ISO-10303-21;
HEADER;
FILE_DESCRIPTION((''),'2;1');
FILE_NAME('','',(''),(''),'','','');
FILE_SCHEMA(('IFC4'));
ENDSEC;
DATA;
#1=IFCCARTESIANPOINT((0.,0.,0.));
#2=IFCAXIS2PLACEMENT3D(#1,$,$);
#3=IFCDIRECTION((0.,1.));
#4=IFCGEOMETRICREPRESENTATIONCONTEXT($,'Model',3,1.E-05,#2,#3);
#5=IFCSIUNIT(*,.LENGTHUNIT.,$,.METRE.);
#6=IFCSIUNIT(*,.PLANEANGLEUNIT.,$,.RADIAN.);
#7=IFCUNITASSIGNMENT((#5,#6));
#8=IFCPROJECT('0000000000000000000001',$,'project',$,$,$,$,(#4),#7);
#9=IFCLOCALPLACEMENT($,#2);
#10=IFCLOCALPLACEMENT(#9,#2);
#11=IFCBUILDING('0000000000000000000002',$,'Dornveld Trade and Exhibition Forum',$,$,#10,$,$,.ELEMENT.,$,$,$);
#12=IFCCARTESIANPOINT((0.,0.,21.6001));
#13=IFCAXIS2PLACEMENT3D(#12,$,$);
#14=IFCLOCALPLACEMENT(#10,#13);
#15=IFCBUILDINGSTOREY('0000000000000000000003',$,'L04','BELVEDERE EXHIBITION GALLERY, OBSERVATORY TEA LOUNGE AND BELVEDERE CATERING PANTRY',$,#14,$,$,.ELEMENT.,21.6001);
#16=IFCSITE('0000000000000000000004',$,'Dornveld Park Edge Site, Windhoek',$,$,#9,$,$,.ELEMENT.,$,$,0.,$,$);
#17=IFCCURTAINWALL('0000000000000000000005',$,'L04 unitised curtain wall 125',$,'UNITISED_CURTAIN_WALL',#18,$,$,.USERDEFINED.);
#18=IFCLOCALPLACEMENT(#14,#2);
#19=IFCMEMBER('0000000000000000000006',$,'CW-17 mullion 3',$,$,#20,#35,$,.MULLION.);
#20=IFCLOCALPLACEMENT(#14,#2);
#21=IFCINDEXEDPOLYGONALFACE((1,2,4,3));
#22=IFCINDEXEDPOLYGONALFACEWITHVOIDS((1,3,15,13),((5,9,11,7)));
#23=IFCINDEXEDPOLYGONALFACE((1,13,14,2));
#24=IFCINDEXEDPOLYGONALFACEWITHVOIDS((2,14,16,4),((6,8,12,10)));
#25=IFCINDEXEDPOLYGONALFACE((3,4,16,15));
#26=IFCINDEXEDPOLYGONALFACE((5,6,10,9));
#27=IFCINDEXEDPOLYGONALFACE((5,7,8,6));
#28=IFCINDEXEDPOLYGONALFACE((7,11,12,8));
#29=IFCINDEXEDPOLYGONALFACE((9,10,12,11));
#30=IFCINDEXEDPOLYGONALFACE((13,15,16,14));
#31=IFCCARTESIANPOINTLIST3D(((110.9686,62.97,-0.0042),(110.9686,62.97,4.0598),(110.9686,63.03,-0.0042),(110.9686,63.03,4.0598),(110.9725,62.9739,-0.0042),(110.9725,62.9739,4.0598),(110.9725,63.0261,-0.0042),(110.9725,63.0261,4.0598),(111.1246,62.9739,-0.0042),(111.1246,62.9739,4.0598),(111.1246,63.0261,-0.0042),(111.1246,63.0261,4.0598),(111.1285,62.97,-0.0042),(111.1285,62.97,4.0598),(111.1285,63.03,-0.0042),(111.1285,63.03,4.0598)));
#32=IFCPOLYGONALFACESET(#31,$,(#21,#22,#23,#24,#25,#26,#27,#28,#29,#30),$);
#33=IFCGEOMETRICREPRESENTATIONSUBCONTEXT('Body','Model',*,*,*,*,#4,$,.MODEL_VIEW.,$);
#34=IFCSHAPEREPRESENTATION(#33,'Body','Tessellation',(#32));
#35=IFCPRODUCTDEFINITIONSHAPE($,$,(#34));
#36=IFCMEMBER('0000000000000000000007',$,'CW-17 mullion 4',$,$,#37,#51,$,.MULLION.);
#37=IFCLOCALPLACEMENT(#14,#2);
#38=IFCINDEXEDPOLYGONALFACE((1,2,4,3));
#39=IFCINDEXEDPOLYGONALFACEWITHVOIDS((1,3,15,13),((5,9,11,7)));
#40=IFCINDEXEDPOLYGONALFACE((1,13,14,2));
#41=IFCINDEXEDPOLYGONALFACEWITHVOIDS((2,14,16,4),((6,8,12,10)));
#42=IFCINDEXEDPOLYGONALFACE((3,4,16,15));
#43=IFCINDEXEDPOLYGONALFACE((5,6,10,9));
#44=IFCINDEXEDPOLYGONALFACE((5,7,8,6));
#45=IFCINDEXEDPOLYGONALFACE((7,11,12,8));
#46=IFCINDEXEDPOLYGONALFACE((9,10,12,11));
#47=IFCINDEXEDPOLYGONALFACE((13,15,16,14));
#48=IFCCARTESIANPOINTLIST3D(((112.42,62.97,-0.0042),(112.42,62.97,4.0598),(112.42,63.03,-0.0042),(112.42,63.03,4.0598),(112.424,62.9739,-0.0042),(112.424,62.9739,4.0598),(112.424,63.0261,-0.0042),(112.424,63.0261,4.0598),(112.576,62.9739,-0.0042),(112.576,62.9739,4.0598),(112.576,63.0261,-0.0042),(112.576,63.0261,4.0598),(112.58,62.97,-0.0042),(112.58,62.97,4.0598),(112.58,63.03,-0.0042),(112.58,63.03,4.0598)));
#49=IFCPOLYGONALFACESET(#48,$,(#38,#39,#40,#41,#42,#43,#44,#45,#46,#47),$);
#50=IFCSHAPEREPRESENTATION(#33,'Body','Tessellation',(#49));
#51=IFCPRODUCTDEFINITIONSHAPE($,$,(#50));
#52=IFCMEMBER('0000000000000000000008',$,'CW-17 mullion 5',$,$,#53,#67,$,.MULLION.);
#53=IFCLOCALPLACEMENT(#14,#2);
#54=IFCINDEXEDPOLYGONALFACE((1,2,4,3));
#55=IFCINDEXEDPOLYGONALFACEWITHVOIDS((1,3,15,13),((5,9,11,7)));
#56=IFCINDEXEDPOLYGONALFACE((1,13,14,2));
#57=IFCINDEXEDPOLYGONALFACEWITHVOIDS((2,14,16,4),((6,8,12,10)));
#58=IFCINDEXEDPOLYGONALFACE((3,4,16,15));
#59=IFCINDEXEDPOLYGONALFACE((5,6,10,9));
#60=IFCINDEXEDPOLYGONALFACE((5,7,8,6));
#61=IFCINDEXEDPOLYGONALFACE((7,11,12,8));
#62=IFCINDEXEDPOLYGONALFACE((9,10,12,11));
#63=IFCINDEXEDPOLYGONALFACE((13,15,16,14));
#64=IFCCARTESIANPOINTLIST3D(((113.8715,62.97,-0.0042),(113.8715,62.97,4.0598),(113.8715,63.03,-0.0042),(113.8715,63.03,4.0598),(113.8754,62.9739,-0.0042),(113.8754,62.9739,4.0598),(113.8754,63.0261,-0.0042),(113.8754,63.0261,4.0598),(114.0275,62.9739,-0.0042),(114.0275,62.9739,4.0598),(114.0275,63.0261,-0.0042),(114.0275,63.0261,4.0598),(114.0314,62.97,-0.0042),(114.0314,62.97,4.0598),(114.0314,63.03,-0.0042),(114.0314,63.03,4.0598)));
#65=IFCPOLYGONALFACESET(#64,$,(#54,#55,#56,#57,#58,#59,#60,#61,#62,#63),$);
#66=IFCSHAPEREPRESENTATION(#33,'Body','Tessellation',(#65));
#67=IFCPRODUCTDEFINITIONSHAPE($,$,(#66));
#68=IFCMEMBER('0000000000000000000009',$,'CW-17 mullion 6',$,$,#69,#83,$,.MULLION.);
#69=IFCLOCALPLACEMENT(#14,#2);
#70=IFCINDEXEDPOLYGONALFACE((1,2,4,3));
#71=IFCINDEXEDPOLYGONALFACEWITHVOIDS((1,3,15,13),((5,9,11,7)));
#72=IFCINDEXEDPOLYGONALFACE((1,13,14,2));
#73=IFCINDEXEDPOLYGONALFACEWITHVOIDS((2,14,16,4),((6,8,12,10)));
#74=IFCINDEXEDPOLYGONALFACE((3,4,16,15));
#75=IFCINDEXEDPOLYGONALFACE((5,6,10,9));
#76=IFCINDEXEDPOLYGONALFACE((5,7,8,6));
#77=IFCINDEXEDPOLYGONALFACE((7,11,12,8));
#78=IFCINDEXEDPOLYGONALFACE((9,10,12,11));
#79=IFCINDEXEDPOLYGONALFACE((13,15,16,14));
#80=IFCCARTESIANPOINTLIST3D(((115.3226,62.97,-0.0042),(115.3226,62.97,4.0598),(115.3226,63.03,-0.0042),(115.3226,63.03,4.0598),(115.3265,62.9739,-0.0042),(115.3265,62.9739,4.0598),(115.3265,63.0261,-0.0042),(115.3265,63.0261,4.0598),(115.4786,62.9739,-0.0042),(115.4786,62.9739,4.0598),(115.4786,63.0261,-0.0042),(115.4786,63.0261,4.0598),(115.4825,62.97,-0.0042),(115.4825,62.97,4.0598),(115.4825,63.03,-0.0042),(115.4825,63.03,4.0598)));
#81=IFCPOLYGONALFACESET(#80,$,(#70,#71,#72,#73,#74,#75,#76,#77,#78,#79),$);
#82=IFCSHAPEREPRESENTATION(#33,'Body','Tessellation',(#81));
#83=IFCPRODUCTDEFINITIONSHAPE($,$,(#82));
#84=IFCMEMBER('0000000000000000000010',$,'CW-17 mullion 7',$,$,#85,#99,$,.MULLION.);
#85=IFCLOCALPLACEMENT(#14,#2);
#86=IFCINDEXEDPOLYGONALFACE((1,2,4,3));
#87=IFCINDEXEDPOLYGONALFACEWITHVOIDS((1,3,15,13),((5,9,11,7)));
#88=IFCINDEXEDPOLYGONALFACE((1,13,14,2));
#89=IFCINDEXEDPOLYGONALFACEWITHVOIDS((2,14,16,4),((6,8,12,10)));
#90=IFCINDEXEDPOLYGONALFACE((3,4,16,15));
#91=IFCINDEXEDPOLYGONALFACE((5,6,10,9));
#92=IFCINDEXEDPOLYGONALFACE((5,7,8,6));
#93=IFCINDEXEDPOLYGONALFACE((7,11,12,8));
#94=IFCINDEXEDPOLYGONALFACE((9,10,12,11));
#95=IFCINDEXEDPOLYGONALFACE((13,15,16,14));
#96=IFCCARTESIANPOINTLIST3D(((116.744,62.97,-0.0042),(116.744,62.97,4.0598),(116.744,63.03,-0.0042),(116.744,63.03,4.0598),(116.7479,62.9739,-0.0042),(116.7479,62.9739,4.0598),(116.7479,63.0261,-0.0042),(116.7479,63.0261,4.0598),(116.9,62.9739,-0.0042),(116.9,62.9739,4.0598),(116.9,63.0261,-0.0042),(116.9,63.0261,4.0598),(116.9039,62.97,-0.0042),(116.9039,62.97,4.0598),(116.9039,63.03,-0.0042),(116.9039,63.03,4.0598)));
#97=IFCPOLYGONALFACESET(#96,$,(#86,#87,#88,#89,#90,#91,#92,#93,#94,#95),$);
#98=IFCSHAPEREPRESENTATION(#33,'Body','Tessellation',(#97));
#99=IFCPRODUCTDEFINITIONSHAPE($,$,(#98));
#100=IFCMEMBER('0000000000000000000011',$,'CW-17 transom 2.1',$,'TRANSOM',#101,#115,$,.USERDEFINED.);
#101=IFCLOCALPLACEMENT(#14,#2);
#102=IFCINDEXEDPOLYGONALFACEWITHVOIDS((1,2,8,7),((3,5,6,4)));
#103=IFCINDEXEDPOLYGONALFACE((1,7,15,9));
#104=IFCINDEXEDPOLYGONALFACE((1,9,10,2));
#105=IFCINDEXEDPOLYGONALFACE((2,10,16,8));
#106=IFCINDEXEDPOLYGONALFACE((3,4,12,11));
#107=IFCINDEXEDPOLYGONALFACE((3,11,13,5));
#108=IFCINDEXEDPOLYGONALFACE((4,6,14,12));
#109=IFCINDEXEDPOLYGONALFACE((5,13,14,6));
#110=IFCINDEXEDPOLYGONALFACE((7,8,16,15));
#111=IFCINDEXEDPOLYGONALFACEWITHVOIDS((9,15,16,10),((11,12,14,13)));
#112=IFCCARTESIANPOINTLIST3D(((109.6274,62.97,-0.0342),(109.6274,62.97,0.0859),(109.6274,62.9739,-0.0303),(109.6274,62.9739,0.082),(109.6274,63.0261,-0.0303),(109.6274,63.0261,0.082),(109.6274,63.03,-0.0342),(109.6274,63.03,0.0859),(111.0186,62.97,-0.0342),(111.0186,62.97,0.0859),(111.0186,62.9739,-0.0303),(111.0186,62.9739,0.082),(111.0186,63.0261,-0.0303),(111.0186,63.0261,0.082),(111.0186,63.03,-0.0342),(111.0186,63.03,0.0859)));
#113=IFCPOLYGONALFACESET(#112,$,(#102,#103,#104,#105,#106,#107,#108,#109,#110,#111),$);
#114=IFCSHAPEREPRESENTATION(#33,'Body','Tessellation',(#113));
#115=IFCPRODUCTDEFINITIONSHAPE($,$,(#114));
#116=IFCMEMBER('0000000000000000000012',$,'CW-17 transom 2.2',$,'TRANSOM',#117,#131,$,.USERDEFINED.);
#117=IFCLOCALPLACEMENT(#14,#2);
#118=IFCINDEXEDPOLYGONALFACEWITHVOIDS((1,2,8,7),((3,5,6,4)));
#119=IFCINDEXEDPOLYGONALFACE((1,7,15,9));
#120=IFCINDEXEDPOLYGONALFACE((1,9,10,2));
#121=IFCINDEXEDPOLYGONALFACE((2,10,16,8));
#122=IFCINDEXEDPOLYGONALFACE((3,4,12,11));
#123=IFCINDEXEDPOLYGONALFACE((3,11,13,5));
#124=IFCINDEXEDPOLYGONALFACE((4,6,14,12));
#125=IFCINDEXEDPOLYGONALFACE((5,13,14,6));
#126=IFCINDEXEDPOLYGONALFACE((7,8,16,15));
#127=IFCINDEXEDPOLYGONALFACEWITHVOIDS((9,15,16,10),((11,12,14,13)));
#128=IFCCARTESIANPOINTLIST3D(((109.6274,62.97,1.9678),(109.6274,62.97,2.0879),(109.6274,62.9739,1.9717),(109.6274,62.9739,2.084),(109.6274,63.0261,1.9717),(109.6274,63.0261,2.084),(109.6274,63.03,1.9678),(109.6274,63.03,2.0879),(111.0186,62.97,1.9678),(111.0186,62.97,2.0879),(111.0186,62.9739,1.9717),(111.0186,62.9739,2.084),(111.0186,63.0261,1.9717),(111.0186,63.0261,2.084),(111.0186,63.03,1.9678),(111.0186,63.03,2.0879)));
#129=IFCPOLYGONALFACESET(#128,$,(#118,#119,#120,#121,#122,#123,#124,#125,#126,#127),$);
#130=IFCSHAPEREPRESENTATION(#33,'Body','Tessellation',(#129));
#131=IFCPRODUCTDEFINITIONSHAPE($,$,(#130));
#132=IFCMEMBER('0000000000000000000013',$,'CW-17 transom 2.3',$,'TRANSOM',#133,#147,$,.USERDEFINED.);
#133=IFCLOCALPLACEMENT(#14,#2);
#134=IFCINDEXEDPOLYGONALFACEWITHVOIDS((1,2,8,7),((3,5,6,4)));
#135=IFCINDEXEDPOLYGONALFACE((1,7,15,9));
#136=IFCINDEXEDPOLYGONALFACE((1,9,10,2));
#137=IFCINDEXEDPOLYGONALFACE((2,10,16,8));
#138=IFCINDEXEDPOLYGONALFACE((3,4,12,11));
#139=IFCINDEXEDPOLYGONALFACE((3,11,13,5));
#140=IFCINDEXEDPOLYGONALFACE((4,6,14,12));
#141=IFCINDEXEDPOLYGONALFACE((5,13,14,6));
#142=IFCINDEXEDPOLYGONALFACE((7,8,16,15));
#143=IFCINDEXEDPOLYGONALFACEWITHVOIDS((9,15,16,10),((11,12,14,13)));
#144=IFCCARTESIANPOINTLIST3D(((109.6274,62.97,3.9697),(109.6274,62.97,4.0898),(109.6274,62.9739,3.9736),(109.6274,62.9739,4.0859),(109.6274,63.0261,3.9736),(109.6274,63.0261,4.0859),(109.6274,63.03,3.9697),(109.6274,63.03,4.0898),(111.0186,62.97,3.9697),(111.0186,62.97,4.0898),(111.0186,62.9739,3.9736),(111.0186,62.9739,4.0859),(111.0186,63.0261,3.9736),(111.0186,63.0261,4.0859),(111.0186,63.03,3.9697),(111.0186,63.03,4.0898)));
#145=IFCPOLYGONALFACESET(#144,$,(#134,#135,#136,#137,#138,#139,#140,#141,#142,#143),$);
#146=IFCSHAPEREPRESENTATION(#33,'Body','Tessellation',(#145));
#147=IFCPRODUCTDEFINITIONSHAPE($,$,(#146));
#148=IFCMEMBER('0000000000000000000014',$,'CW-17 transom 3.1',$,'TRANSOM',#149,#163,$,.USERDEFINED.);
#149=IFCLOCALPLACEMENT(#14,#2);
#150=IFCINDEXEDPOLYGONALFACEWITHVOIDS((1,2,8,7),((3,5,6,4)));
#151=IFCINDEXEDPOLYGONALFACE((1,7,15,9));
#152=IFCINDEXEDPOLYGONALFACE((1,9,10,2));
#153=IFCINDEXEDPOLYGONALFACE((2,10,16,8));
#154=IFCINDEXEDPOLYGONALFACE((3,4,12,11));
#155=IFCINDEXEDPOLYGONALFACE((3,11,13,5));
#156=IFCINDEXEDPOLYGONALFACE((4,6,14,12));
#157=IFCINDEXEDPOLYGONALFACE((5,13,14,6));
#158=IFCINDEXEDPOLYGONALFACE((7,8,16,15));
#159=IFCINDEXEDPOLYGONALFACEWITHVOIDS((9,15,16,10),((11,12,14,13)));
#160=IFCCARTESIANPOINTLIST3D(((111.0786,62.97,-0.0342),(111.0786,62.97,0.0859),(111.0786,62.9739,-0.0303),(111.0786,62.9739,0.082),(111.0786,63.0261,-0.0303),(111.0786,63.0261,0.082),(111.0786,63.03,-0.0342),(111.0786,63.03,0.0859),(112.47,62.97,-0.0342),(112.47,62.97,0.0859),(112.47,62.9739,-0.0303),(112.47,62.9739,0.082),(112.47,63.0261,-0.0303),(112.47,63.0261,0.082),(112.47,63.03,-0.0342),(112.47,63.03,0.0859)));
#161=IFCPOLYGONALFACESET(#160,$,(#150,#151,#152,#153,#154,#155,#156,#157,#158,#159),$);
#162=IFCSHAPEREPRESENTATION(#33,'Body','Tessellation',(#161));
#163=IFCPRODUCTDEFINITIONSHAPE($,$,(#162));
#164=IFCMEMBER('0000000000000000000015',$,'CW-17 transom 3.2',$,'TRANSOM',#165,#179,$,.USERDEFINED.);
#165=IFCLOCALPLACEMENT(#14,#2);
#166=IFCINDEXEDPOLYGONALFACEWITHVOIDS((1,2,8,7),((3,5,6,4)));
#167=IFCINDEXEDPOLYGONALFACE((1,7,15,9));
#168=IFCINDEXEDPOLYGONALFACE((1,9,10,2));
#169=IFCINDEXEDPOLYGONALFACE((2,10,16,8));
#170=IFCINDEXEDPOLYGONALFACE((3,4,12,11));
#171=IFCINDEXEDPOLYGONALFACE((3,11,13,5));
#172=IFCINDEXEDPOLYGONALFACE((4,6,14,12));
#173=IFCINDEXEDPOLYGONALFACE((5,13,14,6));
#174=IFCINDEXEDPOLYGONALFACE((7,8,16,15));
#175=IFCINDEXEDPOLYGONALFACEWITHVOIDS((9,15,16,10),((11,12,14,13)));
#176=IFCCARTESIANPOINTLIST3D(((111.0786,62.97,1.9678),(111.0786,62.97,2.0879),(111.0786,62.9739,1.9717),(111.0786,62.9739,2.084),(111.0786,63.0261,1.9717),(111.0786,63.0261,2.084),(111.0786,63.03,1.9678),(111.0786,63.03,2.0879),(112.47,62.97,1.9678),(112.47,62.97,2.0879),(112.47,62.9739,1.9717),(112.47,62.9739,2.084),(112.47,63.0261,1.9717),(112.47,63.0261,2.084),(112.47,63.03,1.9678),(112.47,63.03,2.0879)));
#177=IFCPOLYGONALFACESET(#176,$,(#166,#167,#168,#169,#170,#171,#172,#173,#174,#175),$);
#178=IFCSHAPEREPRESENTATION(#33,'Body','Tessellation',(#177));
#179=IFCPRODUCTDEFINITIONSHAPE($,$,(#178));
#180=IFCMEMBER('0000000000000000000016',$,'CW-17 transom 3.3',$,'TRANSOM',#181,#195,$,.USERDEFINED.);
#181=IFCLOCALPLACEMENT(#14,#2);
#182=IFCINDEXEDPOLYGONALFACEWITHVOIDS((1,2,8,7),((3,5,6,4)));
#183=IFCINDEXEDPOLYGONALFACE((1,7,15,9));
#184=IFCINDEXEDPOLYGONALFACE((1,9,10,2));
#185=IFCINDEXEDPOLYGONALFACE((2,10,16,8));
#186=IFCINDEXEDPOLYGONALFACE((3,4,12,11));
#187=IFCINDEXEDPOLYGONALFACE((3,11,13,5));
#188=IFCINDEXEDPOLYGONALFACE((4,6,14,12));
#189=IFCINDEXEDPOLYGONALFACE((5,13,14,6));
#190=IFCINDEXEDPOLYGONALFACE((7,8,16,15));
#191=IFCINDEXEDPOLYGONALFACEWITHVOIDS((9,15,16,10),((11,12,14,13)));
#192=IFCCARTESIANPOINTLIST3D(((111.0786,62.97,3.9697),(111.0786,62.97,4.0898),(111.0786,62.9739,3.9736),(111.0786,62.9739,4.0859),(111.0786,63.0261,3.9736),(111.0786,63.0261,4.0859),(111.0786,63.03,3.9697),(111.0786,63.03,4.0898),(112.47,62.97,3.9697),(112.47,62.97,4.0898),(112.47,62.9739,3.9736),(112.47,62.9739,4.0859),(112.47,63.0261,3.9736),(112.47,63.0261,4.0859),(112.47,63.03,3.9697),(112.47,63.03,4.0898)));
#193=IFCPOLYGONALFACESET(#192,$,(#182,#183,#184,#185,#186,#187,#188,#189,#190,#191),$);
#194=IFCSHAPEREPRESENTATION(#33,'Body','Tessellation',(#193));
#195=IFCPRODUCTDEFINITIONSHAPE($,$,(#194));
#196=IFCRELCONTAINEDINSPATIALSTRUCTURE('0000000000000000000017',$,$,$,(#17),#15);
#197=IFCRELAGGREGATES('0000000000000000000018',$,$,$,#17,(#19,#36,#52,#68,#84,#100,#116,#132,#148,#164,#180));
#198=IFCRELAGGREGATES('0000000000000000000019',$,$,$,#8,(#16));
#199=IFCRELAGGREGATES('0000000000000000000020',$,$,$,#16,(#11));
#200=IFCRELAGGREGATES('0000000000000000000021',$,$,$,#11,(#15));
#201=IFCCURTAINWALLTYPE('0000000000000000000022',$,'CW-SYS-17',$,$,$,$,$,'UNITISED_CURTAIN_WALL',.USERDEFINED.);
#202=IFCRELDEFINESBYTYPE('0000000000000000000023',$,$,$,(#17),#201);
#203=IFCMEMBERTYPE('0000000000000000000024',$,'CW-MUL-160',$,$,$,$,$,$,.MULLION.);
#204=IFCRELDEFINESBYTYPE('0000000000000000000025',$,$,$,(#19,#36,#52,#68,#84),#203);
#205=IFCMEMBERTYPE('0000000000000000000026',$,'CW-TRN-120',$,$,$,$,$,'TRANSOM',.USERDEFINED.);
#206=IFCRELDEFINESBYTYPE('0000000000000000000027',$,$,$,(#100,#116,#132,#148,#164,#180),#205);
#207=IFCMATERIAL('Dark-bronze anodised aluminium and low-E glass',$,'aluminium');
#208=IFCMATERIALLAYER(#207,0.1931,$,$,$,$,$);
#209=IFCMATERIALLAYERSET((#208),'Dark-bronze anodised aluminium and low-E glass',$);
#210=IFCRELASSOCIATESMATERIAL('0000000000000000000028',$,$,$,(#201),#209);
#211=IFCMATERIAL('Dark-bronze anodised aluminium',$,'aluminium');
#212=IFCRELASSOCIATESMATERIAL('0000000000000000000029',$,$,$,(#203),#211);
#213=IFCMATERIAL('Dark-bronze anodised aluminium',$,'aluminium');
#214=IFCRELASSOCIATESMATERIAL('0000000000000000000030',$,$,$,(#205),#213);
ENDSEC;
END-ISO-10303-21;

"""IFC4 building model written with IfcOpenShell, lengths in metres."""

from ifc_helpers import new_model, si_unit, direction, frame, origin, origin_2d, place, context, subcontext, project, spatial, hollow_rectangle, extrude, material, layer, layer_set, material_profile, profile_set, type_object, element, aggregate, save


model = new_model("IFC4")

# Units and contexts
model_context = context("Model", 3, precision=1e-05, world=origin(), true_north=direction((0.0, 1.0)))
body_context = subcontext(model_context, "Body", "Model", "MODEL_VIEW")
ifc_project = project(units=[si_unit("LENGTHUNIT", "METRE"), si_unit("PLANEANGLEUNIT", "RADIAN")], contexts=[model_context])

# Site, building, storey
site_placement = place(None, origin())
site = spatial("IfcSite", under=ifc_project, at=site_placement, Name="Dornveld Park Edge Site, Windhoek", CompositionType="ELEMENT", RefElevation=0.0)
building_placement = place(site_placement, origin())
building = spatial("IfcBuilding", under=site, at=building_placement, Name="Dornveld Trade and Exhibition Forum", CompositionType="ELEMENT")
storey_placement = place(building_placement, frame((0.0, 0.0, 21.6001)))
storey = spatial("IfcBuildingStorey", under=building, at=storey_placement, Name="L04", Description="BELVEDERE EXHIBITION GALLERY, OBSERVATORY TEA LOUNGE AND BELVEDERE CATERING PANTRY", CompositionType="ELEMENT", Elevation=21.6001)

# Curtain wall, members
ifc_material_1 = material(Name="Dark-bronze anodised aluminium and low-E glass", Category="aluminium")
ifc_layer_1 = layer(ifc_material_1, 0.1931)
ifc_layer_set_1 = layer_set([ifc_layer_1], Name="Dark-bronze anodised aluminium and low-E glass")
curtain_wall_type = type_object("IfcCurtainWallType", Name="CW-SYS-17", ElementType="UNITISED_CURTAIN_WALL", PredefinedType="USERDEFINED", material=ifc_layer_set_1)
curtain_wall_placement = place(storey_placement, origin())
curtain_wall = element("IfcCurtainWall", 1, at=curtain_wall_placement, inside=storey, type_object=curtain_wall_type, Name="L04 unitised curtain wall 125", ObjectType="UNITISED_CURTAIN_WALL", PredefinedType="USERDEFINED")
ifc_material_2 = material(Name="Dark-bronze anodised aluminium", Category="aluminium")
ifc_material_profile_1 = material_profile(ifc_material_2, hollow_rectangle(XDim=0.0601, YDim=0.1599, WallThickness=0.0039, at=origin_2d()), Name="RHS 160x60x4")
ifc_profile_set_1 = profile_set([ifc_material_profile_1], Name="Dark-bronze anodised aluminium")
member_type_1 = type_object("IfcMemberType", Name="CW-MUL-160", PredefinedType="MULLION", material=ifc_profile_set_1)
member_1_placement = place(storey_placement, frame((111.0486, 63.0, -0.0042), z_axis=(0.0, 0.0, 1.0), x_axis=(0.0, 1.0, 0.0)))
member_1 = element("IfcMember", 2, at=member_1_placement, type_object=member_type_1, Name="CW-17 mullion 3", PredefinedType="MULLION", context=body_context, shape_type="SweptSolid", body=[
    extrude(hollow_rectangle(XDim=0.0601, YDim=0.1599, WallThickness=0.0039, at=origin_2d()), origin(), (0.0, 0.0, 1.0), 4.064),
])
member_2_placement = place(storey_placement, frame((112.5, 63.0, -0.0042), z_axis=(0.0, 0.0, 1.0), x_axis=(0.0, 1.0, 0.0)))
member_2 = element("IfcMember", 3, at=member_2_placement, type_object=member_type_1, Name="CW-17 mullion 4", PredefinedType="MULLION", context=body_context, shape_type="SweptSolid", body=[
    extrude(hollow_rectangle(XDim=0.0601, YDim=0.1599, WallThickness=0.0039, at=origin_2d()), origin(), (0.0, 0.0, 1.0), 4.064),
])
member_3_placement = place(storey_placement, frame((113.9514, 63.0, -0.0042), z_axis=(0.0, 0.0, 1.0), x_axis=(0.0, 1.0, 0.0)))
member_3 = element("IfcMember", 4, at=member_3_placement, type_object=member_type_1, Name="CW-17 mullion 5", PredefinedType="MULLION", context=body_context, shape_type="SweptSolid", body=[
    extrude(hollow_rectangle(XDim=0.0601, YDim=0.1599, WallThickness=0.0039, at=origin_2d()), origin(), (0.0, 0.0, 1.0), 4.064),
])
member_4_placement = place(storey_placement, frame((115.4026, 63.0, -0.0042), z_axis=(0.0, 0.0, 1.0), x_axis=(0.0, 1.0, 0.0)))
member_4 = element("IfcMember", 5, at=member_4_placement, type_object=member_type_1, Name="CW-17 mullion 6", PredefinedType="MULLION", context=body_context, shape_type="SweptSolid", body=[
    extrude(hollow_rectangle(XDim=0.0601, YDim=0.1599, WallThickness=0.0039, at=origin_2d()), origin(), (0.0, 0.0, 1.0), 4.064),
])
member_5_placement = place(storey_placement, frame((116.824, 63.0, -0.0042), z_axis=(0.0, 0.0, 1.0), x_axis=(0.0, 1.0, 0.0)))
member_5 = element("IfcMember", 6, at=member_5_placement, type_object=member_type_1, Name="CW-17 mullion 7", PredefinedType="MULLION", context=body_context, shape_type="SweptSolid", body=[
    extrude(hollow_rectangle(XDim=0.0601, YDim=0.1599, WallThickness=0.0039, at=origin_2d()), origin(), (0.0, 0.0, 1.0), 4.064),
])
ifc_material_3 = material(Name="Dark-bronze anodised aluminium", Category="aluminium")
ifc_material_profile_2 = material_profile(ifc_material_3, hollow_rectangle(XDim=0.0601, YDim=0.1201, WallThickness=0.0039, at=origin_2d()), Name="RHS 120x60x4")
ifc_profile_set_2 = profile_set([ifc_material_profile_2], Name="Dark-bronze anodised aluminium")
member_type_2 = type_object("IfcMemberType", Name="CW-TRN-120", ElementType="TRANSOM", PredefinedType="USERDEFINED", material=ifc_profile_set_2)
member_6_placement = place(storey_placement, frame((109.6274, 63.0, 0.0259), z_axis=(1.0, 0.0, 0.0), x_axis=(0.0, 1.0, 0.0)))
member_6 = element("IfcMember", 7, at=member_6_placement, type_object=member_type_2, Name="CW-17 transom 2.1", ObjectType="TRANSOM", PredefinedType="USERDEFINED", context=body_context, shape_type="SweptSolid", body=[
    extrude(hollow_rectangle(XDim=0.0601, YDim=0.1201, WallThickness=0.0039, at=origin_2d()), origin(), (0.0, 0.0, 1.0), 1.3911),
])
member_7_placement = place(storey_placement, frame((109.6274, 63.0, 2.0278), z_axis=(1.0, 0.0, 0.0), x_axis=(0.0, 1.0, 0.0)))
member_7 = element("IfcMember", 8, at=member_7_placement, type_object=member_type_2, Name="CW-17 transom 2.2", ObjectType="TRANSOM", PredefinedType="USERDEFINED", context=body_context, shape_type="SweptSolid", body=[
    extrude(hollow_rectangle(XDim=0.0601, YDim=0.1201, WallThickness=0.0039, at=origin_2d()), origin(), (0.0, 0.0, 1.0), 1.3911),
])
member_8_placement = place(storey_placement, frame((109.6274, 63.0, 4.0298), z_axis=(1.0, 0.0, 0.0), x_axis=(0.0, 1.0, 0.0)))
member_8 = element("IfcMember", 9, at=member_8_placement, type_object=member_type_2, Name="CW-17 transom 2.3", ObjectType="TRANSOM", PredefinedType="USERDEFINED", context=body_context, shape_type="SweptSolid", body=[
    extrude(hollow_rectangle(XDim=0.0601, YDim=0.1201, WallThickness=0.0039, at=origin_2d()), origin(), (0.0, 0.0, 1.0), 1.3911),
])
member_9_placement = place(storey_placement, frame((111.0786, 63.0, 0.0259), z_axis=(1.0, 0.0, 0.0), x_axis=(0.0, 1.0, 0.0)))
member_9 = element("IfcMember", 10, at=member_9_placement, type_object=member_type_2, Name="CW-17 transom 3.1", ObjectType="TRANSOM", PredefinedType="USERDEFINED", context=body_context, shape_type="SweptSolid", body=[
    extrude(hollow_rectangle(XDim=0.0601, YDim=0.1201, WallThickness=0.0039, at=origin_2d()), origin(), (0.0, 0.0, 1.0), 1.3914),
])
member_10_placement = place(storey_placement, frame((111.0786, 63.0, 2.0278), z_axis=(1.0, 0.0, 0.0), x_axis=(0.0, 1.0, 0.0)))
member_10 = element("IfcMember", 11, at=member_10_placement, type_object=member_type_2, Name="CW-17 transom 3.2", ObjectType="TRANSOM", PredefinedType="USERDEFINED", context=body_context, shape_type="SweptSolid", body=[
    extrude(hollow_rectangle(XDim=0.0601, YDim=0.1201, WallThickness=0.0039, at=origin_2d()), origin(), (0.0, 0.0, 1.0), 1.3914),
])
member_11_placement = place(storey_placement, frame((111.0786, 63.0, 4.0298), z_axis=(1.0, 0.0, 0.0), x_axis=(0.0, 1.0, 0.0)))
member_11 = element("IfcMember", 12, at=member_11_placement, type_object=member_type_2, Name="CW-17 transom 3.3", ObjectType="TRANSOM", PredefinedType="USERDEFINED", context=body_context, shape_type="SweptSolid", body=[
    extrude(hollow_rectangle(XDim=0.0601, YDim=0.1201, WallThickness=0.0039, at=origin_2d()), origin(), (0.0, 0.0, 1.0), 1.3914),
])
aggregate(curtain_wall, [member_1, member_2, member_3, member_4, member_5, member_6, member_7, member_8, member_9, member_10, member_11])

save(model, "model.ifc")
